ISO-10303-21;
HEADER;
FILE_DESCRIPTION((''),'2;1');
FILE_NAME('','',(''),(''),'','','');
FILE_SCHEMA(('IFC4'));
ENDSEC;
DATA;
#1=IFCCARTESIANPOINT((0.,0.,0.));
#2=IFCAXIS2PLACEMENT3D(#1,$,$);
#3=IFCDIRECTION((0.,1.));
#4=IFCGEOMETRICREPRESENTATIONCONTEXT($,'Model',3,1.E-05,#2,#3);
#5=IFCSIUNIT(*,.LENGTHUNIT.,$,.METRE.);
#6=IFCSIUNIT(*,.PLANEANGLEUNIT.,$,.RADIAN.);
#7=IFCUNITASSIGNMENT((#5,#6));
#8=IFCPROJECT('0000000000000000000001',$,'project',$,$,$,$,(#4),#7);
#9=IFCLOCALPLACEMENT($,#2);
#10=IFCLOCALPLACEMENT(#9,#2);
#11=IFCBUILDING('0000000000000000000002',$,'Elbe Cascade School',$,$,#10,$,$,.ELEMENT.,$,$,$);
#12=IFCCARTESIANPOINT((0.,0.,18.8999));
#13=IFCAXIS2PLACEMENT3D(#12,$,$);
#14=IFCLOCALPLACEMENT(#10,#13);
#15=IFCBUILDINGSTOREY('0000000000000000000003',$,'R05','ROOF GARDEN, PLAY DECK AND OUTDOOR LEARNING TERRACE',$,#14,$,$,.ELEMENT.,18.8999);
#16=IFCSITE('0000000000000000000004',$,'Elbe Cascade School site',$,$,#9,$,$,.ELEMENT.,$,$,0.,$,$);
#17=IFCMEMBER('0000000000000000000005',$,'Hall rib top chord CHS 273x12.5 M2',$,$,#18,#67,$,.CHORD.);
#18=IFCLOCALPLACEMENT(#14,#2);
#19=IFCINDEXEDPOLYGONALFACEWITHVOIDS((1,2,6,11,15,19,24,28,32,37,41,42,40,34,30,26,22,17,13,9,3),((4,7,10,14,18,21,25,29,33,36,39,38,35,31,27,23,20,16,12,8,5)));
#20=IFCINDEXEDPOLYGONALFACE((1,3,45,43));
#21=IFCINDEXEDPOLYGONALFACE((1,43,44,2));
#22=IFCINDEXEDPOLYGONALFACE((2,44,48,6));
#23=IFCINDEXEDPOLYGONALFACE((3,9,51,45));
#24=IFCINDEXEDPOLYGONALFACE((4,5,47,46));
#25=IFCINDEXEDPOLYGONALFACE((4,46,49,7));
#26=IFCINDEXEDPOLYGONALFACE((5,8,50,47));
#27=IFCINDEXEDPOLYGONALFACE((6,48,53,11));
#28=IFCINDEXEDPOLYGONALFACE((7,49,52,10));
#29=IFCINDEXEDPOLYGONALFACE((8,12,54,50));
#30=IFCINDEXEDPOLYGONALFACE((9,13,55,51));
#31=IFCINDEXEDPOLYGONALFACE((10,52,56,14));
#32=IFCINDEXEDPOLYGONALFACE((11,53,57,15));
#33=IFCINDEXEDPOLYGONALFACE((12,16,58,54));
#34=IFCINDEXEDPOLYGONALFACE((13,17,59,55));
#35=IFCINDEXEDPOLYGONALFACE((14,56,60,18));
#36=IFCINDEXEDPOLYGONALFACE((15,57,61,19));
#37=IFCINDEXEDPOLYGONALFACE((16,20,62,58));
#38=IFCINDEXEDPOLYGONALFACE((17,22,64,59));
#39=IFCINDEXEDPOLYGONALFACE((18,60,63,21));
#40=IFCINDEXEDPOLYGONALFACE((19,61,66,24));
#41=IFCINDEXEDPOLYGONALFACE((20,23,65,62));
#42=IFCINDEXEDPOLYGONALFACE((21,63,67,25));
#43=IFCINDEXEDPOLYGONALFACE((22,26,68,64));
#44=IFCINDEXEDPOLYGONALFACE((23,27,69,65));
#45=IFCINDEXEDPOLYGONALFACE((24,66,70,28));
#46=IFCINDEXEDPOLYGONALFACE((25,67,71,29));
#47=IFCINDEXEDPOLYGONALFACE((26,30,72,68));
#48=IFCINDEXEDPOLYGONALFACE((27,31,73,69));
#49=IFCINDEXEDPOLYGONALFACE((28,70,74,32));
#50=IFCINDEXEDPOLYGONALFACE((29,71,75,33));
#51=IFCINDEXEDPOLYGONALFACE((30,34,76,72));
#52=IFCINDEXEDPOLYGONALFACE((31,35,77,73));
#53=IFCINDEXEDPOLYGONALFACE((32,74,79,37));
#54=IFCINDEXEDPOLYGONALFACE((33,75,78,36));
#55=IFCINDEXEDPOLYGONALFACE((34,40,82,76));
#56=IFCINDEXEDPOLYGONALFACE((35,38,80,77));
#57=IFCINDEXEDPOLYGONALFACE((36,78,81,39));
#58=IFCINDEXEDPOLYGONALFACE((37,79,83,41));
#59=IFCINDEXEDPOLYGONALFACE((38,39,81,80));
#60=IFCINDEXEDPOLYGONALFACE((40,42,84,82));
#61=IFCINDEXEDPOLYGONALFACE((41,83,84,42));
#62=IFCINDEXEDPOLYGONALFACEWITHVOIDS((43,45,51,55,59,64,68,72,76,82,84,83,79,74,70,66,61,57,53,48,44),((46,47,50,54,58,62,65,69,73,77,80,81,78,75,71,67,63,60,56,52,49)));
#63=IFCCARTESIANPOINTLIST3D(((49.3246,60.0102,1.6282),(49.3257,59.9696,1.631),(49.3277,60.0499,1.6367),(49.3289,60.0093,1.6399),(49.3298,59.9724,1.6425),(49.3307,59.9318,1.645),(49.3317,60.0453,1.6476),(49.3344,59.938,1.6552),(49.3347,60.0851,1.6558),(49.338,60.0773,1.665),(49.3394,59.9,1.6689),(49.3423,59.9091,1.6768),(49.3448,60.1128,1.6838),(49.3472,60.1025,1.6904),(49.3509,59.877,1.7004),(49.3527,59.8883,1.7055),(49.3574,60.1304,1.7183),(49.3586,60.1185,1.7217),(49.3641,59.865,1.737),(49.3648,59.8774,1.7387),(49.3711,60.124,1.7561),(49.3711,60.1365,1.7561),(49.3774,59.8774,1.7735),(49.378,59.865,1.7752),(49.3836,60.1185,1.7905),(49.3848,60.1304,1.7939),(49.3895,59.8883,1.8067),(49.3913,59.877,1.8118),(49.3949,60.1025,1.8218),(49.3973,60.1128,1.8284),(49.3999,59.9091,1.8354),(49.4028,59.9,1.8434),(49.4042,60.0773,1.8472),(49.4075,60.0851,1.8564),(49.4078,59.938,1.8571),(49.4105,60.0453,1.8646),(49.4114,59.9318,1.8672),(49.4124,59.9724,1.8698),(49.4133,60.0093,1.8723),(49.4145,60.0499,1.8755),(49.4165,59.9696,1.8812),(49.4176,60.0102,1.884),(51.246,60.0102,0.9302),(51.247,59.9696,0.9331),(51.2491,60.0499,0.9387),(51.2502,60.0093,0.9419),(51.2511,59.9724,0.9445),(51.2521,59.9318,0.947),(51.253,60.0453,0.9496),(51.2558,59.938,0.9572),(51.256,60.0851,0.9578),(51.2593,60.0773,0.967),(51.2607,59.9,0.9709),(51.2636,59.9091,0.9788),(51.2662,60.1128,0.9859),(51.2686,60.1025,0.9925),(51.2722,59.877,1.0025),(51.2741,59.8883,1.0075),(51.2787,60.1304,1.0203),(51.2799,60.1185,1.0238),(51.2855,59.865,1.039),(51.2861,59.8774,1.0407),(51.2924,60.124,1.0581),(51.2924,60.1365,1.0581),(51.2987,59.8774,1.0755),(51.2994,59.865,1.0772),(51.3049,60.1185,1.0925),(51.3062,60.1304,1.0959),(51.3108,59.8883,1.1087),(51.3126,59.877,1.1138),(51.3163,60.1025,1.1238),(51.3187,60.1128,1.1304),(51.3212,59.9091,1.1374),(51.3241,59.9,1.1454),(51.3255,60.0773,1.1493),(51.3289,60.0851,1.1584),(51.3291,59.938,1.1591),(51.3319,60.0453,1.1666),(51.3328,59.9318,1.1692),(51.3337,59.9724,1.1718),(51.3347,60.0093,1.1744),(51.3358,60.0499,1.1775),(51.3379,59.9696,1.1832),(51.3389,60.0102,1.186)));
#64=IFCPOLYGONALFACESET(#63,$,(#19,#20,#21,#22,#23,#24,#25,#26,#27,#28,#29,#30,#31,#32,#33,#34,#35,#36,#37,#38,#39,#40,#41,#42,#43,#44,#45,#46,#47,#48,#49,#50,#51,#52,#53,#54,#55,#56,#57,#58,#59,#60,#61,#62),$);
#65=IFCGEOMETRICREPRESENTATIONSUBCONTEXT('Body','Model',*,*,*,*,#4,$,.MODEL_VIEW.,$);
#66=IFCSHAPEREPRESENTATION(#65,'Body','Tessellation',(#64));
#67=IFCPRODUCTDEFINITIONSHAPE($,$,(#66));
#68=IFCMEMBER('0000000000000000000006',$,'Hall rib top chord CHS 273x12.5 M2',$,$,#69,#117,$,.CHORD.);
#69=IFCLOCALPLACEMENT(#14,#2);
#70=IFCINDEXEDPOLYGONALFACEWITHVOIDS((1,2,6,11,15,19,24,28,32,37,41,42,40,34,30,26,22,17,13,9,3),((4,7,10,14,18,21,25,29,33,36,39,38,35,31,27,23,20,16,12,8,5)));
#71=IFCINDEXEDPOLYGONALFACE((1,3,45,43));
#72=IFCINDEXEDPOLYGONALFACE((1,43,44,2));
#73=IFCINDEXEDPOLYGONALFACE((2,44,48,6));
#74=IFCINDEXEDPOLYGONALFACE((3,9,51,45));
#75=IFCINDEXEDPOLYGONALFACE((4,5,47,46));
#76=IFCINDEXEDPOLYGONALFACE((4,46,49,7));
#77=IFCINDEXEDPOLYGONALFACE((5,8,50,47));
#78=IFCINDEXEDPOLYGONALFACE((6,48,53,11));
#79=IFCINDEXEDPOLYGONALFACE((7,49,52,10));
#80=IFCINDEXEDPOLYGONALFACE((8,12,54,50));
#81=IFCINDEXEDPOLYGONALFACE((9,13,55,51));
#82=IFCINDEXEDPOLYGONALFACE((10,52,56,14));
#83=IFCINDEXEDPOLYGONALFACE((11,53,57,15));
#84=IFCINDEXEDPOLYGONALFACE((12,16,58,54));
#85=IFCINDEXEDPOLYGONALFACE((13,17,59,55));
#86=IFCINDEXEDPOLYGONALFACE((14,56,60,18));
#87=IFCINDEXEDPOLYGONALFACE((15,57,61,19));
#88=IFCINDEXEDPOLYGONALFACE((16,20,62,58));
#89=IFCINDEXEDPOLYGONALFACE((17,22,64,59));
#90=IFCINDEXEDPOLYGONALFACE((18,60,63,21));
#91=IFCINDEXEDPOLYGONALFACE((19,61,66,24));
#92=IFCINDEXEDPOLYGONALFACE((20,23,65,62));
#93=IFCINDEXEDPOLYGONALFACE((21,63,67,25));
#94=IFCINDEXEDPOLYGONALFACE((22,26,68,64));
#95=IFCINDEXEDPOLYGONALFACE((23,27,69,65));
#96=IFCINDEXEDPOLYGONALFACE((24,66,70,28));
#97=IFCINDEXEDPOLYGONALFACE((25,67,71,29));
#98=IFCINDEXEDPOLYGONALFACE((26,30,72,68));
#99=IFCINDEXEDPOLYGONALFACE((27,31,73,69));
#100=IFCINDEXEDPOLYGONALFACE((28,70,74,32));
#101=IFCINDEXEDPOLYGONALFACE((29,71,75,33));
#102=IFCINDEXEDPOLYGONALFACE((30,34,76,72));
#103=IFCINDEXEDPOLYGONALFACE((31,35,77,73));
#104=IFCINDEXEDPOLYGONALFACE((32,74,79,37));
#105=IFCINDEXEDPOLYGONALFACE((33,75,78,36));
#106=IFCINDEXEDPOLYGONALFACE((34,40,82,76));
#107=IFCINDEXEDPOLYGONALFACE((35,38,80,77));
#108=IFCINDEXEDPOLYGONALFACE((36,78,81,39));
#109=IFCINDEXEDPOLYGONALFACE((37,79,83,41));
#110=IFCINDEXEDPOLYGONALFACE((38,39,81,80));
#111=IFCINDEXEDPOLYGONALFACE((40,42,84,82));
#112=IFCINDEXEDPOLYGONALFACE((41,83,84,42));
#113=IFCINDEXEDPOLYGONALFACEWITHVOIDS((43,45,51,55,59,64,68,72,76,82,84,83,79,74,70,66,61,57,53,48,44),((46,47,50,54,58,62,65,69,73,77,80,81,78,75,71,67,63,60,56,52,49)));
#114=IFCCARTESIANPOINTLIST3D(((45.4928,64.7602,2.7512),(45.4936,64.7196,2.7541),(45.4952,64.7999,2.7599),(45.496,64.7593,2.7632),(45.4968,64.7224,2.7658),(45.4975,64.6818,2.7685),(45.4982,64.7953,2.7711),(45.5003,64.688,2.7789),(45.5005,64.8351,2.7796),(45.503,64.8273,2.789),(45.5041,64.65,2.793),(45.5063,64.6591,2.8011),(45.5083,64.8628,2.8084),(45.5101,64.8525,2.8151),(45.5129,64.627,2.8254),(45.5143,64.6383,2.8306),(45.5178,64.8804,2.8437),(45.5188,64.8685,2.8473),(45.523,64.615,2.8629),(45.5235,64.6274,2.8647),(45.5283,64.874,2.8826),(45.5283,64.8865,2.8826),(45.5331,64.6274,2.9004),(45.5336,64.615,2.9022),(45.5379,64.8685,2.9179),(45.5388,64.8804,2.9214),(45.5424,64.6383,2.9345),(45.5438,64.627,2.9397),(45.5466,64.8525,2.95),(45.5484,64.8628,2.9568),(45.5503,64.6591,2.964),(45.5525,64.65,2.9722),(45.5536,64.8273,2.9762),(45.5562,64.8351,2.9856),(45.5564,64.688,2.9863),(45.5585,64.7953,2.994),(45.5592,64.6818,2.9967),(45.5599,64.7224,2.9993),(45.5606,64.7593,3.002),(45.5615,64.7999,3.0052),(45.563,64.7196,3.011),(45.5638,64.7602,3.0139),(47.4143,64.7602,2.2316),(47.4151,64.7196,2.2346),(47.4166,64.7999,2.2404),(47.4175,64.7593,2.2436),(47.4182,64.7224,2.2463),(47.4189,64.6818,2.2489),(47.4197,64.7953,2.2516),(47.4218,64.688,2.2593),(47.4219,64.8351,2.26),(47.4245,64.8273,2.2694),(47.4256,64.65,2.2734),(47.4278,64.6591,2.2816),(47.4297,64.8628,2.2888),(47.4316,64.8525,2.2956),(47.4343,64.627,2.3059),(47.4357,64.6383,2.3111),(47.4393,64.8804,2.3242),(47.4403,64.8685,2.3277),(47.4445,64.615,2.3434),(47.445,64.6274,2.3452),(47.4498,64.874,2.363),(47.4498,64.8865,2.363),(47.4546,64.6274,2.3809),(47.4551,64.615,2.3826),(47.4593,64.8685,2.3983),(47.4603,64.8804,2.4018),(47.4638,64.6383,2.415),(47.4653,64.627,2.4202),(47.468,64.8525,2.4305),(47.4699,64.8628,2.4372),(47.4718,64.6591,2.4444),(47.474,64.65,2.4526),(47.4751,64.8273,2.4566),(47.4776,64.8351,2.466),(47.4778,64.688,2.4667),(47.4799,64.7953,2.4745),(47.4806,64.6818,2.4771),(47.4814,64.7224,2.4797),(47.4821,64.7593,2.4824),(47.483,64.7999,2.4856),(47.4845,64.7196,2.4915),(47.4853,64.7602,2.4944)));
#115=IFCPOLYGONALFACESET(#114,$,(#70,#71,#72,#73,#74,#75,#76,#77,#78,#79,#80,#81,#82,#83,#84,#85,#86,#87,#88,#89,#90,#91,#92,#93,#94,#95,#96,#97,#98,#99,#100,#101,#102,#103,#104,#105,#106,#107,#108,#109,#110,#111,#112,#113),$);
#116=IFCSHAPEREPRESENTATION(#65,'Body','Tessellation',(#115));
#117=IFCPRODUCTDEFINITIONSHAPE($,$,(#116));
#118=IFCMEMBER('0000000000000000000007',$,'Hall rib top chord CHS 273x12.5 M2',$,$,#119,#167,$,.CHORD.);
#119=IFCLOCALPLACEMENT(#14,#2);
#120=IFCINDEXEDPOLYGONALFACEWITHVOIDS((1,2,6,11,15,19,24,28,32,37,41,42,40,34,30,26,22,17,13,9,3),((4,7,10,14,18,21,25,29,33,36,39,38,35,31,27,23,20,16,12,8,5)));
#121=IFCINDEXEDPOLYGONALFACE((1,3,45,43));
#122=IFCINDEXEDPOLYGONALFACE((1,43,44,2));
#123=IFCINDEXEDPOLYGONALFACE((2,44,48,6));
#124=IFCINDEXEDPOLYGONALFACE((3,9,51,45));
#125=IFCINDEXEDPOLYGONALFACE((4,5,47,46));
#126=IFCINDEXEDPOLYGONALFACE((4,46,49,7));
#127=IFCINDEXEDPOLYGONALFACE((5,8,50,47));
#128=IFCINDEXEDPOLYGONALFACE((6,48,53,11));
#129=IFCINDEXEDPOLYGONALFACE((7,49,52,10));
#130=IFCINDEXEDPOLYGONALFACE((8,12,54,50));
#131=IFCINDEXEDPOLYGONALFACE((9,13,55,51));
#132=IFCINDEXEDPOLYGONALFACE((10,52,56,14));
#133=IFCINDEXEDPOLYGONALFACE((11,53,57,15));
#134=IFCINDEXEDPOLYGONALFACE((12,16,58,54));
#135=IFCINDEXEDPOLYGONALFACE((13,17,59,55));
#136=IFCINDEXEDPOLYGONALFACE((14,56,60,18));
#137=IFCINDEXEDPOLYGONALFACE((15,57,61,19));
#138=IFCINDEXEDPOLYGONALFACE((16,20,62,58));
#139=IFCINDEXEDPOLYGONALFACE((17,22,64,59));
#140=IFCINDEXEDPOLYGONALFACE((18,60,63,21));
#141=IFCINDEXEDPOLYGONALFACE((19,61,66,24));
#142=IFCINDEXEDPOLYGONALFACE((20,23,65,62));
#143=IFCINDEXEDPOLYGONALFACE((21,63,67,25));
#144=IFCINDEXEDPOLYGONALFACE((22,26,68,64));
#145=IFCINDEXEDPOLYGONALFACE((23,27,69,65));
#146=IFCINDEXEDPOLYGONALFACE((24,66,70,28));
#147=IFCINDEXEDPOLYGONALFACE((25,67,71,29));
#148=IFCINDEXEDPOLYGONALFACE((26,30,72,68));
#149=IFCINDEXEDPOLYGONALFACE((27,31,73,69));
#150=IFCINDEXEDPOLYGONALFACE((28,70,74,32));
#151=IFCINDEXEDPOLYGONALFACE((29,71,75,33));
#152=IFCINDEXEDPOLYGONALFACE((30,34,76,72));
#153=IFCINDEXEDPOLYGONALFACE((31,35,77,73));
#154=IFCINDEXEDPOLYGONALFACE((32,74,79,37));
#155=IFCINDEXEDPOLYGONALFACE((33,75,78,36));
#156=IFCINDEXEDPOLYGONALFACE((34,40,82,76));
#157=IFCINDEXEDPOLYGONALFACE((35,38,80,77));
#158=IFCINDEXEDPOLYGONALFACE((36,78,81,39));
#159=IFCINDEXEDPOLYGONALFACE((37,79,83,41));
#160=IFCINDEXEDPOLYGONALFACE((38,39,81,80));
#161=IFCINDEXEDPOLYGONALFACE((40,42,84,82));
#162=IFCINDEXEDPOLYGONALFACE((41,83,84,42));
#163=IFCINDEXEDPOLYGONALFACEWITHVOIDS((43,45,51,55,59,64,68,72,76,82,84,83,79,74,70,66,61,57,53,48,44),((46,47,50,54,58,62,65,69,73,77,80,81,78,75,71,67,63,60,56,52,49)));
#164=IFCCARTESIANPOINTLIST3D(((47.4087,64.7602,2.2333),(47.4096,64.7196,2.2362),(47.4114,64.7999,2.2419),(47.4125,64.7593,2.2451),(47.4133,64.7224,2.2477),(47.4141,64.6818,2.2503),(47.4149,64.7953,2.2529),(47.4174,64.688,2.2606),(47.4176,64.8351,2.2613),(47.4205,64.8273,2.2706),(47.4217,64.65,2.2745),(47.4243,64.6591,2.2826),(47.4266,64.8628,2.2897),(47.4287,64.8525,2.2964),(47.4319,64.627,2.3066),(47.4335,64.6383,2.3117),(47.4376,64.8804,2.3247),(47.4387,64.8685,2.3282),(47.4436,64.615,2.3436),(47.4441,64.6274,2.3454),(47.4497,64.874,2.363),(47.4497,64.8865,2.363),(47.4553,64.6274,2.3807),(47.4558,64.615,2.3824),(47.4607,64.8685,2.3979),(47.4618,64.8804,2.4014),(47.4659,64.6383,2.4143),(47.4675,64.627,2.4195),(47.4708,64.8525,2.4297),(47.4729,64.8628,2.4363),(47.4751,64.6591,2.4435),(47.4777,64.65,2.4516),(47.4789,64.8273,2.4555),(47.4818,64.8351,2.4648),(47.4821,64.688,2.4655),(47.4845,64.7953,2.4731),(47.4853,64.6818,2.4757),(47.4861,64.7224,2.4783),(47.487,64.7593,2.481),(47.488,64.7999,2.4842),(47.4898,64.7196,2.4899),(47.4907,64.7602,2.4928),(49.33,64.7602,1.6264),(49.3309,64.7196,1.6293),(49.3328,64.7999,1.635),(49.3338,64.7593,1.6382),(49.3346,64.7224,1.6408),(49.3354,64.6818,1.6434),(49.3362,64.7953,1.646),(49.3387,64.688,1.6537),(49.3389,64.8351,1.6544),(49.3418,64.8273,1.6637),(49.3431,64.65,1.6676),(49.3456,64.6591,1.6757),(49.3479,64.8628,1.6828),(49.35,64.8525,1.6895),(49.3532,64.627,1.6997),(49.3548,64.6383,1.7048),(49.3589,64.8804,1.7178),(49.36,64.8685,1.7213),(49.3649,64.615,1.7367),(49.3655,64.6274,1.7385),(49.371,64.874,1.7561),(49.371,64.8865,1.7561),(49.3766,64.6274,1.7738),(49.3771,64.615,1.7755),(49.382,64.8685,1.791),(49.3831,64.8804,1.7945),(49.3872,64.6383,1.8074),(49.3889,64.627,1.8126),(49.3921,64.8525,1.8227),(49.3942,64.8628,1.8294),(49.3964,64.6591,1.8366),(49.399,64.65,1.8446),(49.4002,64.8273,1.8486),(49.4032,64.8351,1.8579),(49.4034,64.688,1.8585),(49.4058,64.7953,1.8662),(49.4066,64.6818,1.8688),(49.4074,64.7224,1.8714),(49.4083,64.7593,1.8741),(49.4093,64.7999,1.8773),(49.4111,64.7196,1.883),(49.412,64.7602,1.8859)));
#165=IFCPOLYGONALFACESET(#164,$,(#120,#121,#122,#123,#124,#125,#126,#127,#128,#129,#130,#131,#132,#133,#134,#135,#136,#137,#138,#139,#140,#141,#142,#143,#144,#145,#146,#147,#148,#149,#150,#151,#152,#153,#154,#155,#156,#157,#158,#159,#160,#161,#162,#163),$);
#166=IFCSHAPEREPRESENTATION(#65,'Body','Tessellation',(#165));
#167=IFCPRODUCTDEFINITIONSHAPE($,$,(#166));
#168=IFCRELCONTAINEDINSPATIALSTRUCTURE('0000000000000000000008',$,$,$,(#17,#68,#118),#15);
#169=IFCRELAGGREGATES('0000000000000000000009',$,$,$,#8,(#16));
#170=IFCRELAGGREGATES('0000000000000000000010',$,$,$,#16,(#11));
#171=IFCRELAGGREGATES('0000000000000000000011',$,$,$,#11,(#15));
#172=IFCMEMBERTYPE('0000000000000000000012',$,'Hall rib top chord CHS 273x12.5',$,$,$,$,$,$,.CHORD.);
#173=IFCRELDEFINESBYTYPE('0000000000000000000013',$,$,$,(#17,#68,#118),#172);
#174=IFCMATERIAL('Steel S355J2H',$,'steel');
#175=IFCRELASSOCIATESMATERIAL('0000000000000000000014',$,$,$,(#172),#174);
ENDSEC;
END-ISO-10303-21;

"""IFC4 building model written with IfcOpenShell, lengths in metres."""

from ifc_helpers import new_model, si_unit, direction, frame, origin, origin_2d, place, context, subcontext, project, spatial, hollow_circle, extrude, material, material_profile, profile_set, type_object, element, save


model = new_model("IFC4")

# Units and contexts
model_context = context("Model", 3, precision=1e-05, world=origin(), true_north=direction((0.0, 1.0)))
body_context = subcontext(model_context, "Body", "Model", "MODEL_VIEW")
ifc_project = project(units=[si_unit("LENGTHUNIT", "METRE"), si_unit("PLANEANGLEUNIT", "RADIAN")], contexts=[model_context])

# Site, building, storey
site_placement = place(None, origin())
site = spatial("IfcSite", under=ifc_project, at=site_placement, Name="Elbe Cascade School site", CompositionType="ELEMENT", RefElevation=0.0)
building_placement = place(site_placement, origin())
building = spatial("IfcBuilding", under=site, at=building_placement, Name="Elbe Cascade School", CompositionType="ELEMENT")
storey_placement = place(building_placement, frame((0.0, 0.0, 18.8999)))
storey = spatial("IfcBuildingStorey", under=building, at=storey_placement, Name="R05", Description="ROOF GARDEN, PLAY DECK AND OUTDOOR LEARNING TERRACE", CompositionType="ELEMENT", Elevation=18.8999)

# Members
ifc_material_1 = material(Name="Steel S355J2H", Category="steel")
ifc_material_profile_1 = material_profile(ifc_material_1, hollow_circle(Radius=0.1365, WallThickness=0.0125, at=origin_2d()), Name="CHS 273x12.5")
ifc_profile_set_1 = profile_set([ifc_material_profile_1], Name="Steel S355J2H")
member_type_1 = type_object("IfcMemberType", Name="Hall rib top chord CHS 273x12.5", PredefinedType="CHORD", material=ifc_profile_set_1)
member_1_placement = place(storey_placement, frame((49.3711, 60.0, 1.7561), z_axis=(0.939901, 0.0, -0.341446), x_axis=(0.0, 1.0, 0.0)))
element("IfcMember", 1, at=member_1_placement, inside=storey, type_object=member_type_1, Name="Hall rib top chord CHS 273x12.5 M2", PredefinedType="CHORD", context=body_context, shape_type="SweptSolid", body=[
    extrude(hollow_circle(Radius=0.1365, WallThickness=0.0125, at=origin_2d()), origin(), (0.0, 0.0, 1.0), 2.0442),
])
member_2_placement = place(storey_placement, frame((45.5283, 64.75, 2.8826), z_axis=(0.965333, 0.0, -0.26102), x_axis=(0.0, 1.0, 0.0)))
element("IfcMember", 2, at=member_2_placement, inside=storey, type_object=member_type_1, Name="Hall rib top chord CHS 273x12.5 M2", PredefinedType="CHORD", context=body_context, shape_type="SweptSolid", body=[
    extrude(hollow_circle(Radius=0.1365, WallThickness=0.0125, at=origin_2d()), origin(), (0.0, 0.0, 1.0), 1.9905),
])
member_3_placement = place(storey_placement, frame((47.4497, 64.75, 2.363), z_axis=(0.953557, 0.0, -0.301213), x_axis=(0.0, 1.0, 0.0)))
element("IfcMember", 3, at=member_3_placement, inside=storey, type_object=member_type_1, Name="Hall rib top chord CHS 273x12.5 M2", PredefinedType="CHORD", context=body_context, shape_type="SweptSolid", body=[
    extrude(hollow_circle(Radius=0.1365, WallThickness=0.0125, at=origin_2d()), origin(), (0.0, 0.0, 1.0), 2.0149),
])

save(model, "model.ifc")
